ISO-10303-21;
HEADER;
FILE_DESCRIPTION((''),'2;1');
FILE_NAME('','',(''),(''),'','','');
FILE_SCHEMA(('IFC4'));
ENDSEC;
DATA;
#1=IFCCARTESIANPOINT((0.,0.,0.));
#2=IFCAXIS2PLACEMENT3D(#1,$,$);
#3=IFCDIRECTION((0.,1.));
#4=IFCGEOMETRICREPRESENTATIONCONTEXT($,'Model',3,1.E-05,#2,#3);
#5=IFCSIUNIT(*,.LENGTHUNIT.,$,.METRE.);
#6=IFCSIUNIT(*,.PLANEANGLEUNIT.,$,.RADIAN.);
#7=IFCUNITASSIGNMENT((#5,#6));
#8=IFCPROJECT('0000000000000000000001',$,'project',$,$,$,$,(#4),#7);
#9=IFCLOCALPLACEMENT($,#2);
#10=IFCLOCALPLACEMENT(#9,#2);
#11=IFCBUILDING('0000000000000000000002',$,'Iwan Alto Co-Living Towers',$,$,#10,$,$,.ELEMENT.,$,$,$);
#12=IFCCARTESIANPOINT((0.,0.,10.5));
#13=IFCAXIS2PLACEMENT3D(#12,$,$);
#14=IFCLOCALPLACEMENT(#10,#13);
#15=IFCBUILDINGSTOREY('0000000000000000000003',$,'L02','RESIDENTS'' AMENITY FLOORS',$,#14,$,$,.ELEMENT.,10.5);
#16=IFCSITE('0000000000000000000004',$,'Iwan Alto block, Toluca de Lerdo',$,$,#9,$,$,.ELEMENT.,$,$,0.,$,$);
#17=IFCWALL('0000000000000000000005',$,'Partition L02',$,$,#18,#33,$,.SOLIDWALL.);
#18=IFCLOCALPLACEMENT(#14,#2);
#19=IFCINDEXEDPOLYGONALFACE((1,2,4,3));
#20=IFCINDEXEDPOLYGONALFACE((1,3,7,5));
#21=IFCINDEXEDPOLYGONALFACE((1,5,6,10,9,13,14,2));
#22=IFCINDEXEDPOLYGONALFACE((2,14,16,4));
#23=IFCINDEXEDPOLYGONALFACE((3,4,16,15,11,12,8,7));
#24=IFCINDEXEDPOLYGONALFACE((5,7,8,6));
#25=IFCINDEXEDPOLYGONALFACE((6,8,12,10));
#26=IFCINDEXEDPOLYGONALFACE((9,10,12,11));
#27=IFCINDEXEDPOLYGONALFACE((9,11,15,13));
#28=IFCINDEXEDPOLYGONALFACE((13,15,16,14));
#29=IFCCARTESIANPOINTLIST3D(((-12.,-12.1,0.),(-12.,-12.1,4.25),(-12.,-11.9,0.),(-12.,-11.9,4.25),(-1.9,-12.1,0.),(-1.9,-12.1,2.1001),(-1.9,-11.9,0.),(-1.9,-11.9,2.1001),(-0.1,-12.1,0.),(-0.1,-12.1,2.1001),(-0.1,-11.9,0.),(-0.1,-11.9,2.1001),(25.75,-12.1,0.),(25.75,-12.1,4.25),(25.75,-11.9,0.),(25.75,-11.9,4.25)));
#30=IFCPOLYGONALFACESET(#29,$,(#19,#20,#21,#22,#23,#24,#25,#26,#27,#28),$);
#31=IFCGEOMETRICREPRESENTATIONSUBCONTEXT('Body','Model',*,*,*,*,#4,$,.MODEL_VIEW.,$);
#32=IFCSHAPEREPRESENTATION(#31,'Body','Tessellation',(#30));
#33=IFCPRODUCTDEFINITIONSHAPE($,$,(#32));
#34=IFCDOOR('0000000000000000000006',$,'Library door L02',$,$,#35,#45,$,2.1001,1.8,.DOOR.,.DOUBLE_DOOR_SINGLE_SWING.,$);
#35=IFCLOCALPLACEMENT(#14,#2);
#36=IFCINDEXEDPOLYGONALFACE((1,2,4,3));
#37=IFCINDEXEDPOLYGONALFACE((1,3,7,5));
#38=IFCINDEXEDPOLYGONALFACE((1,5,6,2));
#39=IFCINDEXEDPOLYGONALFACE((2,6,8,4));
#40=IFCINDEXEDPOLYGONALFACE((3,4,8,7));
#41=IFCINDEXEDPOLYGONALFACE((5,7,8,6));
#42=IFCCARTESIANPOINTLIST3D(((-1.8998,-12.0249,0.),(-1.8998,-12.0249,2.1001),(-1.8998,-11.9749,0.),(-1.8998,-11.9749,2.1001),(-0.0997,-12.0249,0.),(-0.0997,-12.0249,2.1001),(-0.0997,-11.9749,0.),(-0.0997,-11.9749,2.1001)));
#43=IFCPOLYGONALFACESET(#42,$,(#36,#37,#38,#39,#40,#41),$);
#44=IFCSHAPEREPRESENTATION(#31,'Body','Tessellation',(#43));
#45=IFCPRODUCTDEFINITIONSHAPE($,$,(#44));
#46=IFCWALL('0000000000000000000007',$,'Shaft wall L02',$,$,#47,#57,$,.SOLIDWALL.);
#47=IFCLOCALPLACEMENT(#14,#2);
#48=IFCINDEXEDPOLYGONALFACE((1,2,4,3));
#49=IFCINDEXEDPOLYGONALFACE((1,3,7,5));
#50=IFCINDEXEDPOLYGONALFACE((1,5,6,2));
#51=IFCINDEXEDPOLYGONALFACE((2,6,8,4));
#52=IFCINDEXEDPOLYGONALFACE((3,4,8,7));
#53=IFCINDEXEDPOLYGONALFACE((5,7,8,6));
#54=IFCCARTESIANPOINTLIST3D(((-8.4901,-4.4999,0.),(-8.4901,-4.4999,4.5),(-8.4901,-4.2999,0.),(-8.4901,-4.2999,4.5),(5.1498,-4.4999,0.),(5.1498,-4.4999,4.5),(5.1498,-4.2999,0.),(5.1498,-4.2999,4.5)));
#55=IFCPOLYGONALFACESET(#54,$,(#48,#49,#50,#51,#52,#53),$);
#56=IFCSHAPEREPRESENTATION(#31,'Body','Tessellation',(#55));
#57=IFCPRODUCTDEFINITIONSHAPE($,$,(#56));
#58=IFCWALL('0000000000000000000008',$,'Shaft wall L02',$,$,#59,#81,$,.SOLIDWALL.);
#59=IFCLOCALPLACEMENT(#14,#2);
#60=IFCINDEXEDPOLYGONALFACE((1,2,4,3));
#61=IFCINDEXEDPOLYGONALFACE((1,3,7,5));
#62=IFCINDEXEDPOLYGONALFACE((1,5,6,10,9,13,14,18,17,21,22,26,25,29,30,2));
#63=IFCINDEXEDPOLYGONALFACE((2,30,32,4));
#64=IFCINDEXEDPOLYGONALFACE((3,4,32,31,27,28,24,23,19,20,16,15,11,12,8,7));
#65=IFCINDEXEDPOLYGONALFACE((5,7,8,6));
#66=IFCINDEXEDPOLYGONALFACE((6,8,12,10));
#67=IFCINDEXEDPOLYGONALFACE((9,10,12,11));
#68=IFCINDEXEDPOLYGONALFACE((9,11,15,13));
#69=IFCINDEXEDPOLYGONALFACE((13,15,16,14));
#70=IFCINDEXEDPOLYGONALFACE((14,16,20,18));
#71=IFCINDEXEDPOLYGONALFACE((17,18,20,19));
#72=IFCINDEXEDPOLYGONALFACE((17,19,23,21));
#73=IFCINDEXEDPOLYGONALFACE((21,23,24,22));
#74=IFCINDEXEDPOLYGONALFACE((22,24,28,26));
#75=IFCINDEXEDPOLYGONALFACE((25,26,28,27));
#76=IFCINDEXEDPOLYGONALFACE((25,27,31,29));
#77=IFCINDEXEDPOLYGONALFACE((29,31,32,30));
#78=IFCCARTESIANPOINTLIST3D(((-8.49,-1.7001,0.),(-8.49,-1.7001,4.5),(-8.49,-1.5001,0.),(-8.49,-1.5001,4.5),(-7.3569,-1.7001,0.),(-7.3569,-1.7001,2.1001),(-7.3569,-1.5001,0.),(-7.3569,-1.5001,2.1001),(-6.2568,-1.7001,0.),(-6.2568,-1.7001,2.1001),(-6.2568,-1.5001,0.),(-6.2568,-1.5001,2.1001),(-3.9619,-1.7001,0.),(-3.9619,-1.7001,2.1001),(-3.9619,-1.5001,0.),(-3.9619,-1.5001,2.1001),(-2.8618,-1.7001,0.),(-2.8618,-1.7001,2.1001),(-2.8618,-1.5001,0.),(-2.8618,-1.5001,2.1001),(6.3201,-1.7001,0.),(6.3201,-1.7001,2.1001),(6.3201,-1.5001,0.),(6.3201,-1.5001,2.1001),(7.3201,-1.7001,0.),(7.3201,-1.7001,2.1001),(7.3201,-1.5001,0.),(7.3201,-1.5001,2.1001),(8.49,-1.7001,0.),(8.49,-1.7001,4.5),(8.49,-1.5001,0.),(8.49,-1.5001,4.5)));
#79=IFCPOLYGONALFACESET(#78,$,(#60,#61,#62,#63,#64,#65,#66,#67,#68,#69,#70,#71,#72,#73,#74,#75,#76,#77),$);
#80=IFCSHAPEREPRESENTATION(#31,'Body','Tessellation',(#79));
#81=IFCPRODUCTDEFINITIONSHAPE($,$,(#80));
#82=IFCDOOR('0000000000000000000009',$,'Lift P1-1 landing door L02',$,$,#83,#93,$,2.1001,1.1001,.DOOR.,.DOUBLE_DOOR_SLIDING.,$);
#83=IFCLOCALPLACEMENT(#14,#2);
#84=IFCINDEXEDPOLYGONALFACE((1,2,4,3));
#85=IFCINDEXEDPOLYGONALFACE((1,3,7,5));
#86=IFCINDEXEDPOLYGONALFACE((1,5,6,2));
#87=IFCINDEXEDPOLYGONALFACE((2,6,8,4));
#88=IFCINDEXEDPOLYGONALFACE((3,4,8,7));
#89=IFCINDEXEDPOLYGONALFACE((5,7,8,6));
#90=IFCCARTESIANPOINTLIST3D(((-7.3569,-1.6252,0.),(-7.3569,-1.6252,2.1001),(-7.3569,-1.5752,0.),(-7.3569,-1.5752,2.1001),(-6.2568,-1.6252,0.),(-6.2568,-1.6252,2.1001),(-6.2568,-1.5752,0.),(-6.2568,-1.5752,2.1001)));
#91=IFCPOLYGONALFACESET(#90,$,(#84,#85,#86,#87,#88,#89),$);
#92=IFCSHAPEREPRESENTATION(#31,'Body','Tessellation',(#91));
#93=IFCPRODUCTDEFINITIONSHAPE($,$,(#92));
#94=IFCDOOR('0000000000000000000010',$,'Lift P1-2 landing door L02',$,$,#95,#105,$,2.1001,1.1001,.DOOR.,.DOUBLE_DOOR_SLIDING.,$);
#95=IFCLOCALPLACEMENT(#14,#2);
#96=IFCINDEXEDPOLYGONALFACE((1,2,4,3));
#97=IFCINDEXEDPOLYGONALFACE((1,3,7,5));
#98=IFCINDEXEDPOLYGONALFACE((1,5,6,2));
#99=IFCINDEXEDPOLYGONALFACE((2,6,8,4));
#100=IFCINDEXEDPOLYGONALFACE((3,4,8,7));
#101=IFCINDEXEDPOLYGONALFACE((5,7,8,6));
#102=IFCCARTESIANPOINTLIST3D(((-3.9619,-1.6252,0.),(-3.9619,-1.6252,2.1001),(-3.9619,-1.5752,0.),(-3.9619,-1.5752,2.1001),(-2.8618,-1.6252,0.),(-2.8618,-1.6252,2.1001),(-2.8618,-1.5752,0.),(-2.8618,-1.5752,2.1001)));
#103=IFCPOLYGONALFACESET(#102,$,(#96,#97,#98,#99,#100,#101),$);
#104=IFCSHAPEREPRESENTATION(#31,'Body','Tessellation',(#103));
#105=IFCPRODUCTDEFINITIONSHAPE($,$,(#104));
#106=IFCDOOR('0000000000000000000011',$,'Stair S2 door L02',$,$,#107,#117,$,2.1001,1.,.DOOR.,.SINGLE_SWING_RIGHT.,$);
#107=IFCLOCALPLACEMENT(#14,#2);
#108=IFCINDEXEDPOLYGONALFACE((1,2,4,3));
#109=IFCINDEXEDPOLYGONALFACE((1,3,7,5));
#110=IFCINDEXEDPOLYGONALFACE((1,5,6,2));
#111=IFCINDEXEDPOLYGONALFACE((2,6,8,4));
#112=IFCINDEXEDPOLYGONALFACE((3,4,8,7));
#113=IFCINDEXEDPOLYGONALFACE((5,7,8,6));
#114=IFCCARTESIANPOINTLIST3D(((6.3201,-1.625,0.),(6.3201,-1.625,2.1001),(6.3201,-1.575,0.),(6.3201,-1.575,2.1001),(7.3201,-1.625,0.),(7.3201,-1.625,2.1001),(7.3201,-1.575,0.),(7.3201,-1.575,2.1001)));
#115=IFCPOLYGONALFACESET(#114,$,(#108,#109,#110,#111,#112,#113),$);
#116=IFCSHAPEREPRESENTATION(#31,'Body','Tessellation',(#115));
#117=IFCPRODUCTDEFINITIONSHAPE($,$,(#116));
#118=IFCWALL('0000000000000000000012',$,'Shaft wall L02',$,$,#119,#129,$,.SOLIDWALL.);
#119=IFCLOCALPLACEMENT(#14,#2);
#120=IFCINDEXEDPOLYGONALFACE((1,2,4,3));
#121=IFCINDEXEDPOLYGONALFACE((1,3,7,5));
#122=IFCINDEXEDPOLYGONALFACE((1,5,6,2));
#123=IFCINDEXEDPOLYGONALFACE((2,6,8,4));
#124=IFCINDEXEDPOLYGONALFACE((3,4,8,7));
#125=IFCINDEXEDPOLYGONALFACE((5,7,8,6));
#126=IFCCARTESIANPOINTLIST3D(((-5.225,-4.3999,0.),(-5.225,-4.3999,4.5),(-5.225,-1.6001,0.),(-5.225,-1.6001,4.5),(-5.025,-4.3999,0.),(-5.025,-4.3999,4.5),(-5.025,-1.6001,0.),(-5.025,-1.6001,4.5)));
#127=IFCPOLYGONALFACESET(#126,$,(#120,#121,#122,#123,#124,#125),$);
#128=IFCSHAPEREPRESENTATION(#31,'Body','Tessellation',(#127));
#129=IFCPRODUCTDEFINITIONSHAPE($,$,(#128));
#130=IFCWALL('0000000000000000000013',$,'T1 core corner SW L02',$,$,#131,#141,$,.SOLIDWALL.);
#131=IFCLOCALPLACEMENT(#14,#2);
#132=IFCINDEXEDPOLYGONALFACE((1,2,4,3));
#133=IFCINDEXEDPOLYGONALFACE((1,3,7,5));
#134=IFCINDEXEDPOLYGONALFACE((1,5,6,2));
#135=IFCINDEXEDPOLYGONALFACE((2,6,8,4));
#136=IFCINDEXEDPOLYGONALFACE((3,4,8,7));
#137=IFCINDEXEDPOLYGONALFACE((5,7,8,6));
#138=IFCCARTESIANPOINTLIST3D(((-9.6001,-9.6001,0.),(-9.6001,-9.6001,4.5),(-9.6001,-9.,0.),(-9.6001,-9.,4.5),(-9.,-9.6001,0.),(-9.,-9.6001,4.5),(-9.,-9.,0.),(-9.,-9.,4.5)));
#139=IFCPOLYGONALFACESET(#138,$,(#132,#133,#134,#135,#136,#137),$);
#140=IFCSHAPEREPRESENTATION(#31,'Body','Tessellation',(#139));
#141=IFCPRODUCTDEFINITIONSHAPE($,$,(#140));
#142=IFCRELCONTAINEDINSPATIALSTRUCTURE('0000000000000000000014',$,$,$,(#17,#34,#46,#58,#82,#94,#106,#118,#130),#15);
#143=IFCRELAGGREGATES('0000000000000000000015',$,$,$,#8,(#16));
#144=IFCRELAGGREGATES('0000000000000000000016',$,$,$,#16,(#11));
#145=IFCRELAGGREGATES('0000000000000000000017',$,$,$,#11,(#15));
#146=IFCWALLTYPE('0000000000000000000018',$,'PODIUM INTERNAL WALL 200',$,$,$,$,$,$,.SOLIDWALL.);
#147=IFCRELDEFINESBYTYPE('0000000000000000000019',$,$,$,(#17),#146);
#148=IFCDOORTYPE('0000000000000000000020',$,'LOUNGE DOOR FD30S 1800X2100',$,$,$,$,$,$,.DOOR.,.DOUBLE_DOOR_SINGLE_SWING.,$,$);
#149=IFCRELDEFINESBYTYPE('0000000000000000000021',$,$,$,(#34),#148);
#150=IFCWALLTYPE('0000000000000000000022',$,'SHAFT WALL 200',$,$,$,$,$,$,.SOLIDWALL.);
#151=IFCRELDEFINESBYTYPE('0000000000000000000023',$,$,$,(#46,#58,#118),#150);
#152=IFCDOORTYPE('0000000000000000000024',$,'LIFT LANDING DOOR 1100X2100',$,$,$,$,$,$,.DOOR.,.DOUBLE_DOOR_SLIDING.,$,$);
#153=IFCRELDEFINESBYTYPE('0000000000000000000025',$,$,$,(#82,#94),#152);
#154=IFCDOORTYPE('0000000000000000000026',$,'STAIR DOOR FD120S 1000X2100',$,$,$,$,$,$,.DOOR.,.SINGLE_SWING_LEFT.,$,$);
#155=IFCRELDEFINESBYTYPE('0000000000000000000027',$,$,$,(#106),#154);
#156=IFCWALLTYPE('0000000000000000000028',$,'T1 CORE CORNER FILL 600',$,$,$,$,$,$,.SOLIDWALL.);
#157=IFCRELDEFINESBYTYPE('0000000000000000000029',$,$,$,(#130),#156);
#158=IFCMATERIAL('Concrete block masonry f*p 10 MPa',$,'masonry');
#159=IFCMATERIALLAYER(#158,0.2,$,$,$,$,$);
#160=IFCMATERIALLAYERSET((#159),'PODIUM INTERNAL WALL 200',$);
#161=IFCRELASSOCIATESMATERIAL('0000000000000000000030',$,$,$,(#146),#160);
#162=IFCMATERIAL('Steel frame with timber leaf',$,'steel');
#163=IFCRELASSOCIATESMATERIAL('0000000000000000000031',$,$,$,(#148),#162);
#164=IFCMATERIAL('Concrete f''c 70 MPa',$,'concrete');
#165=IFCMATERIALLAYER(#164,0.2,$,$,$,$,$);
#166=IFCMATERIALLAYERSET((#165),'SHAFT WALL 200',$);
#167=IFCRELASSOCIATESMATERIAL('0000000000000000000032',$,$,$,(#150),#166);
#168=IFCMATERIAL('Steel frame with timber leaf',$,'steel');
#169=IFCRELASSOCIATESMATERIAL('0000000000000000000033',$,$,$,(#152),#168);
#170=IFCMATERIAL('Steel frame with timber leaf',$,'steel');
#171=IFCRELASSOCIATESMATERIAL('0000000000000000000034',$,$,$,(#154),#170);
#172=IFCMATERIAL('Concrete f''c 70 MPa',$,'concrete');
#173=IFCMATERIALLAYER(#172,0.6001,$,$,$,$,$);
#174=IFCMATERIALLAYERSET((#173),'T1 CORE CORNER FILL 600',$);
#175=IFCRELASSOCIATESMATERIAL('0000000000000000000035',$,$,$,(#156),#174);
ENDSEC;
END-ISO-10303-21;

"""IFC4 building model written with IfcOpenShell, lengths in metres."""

from ifc_helpers import new_model, si_unit, direction, frame, frame_2d, origin, place, context, subcontext, project, spatial, rectangle, extrude, material, layer, layer_set, type_object, element, fill, save


model = new_model("IFC4")

# Units and contexts
model_context = context("Model", 3, precision=1e-05, world=origin(), true_north=direction((0.0, 1.0)))
body_context = subcontext(model_context, "Body", "Model", "MODEL_VIEW")
ifc_project = project(units=[si_unit("LENGTHUNIT", "METRE"), si_unit("PLANEANGLEUNIT", "RADIAN")], contexts=[model_context])

# Site, building, storey
site_placement = place(None, origin())
site = spatial("IfcSite", under=ifc_project, at=site_placement, Name="Iwan Alto block, Toluca de Lerdo", CompositionType="ELEMENT", RefElevation=0.0)
building_placement = place(site_placement, origin())
building = spatial("IfcBuilding", under=site, at=building_placement, Name="Iwan Alto Co-Living Towers", CompositionType="ELEMENT")
storey_placement = place(building_placement, frame((0.0, 0.0, 10.5)))
storey = spatial("IfcBuildingStorey", under=building, at=storey_placement, Name="L02", Description="RESIDENTS' AMENITY FLOORS", CompositionType="ELEMENT", Elevation=10.5)

# Wall, opening, door
ifc_material_1 = material(Name="Concrete block masonry f*p 10 MPa", Category="masonry")
ifc_layer_1 = layer(ifc_material_1, 0.2)
ifc_layer_set_1 = layer_set([ifc_layer_1], Name="PODIUM INTERNAL WALL 200")
wall_type_1 = type_object("IfcWallType", Name="PODIUM INTERNAL WALL 200", PredefinedType="SOLIDWALL", material=ifc_layer_set_1)
wall_1_placement = place(storey_placement, frame((-12.0, -12.0, 0.0), z_axis=(0.0, 0.0, 1.0), x_axis=(1.0, 0.0, 0.0)))
wall_1 = element("IfcWall", 1, at=wall_1_placement, inside=storey, type_object=wall_type_1, Name="Partition L02", PredefinedType="SOLIDWALL", context=body_context, shape_type="SweptSolid", body=[
    extrude(rectangle(XDim=37.75, YDim=0.2, at=frame_2d((18.875, 0.0))), origin(), (0.0, 0.0, 1.0), 4.25),
])
opening_1_placement = place(wall_1_placement, frame((10.1001, 0.0, 0.0)))
opening_1 = element("IfcOpeningElement", 2, at=opening_1_placement, cuts=wall_1, PredefinedType="OPENING", context=body_context, shape_type="SweptSolid", body=[
    extrude(rectangle(XDim=1.8, YDim=2.1001, at=frame_2d((0.8999, 1.05))), frame((0.0, 0.1099, 0.0), z_axis=(0.0, -1.0, 0.0), x_axis=(1.0, 0.0, 0.0)), (0.0, 0.0, 1.0), 0.22),
])
ifc_material_2 = material(Name="Steel frame with timber leaf", Category="steel")
door_type_1 = type_object("IfcDoorType", Name="LOUNGE DOOR FD30S 1800X2100", OperationType="DOUBLE_DOOR_SINGLE_SWING", PredefinedType="DOOR", material=ifc_material_2)
door_1_placement = place(opening_1_placement, frame((1.8, 0.0, 0.0), z_axis=(0.0, 0.0, 1.0), x_axis=(-1.0, 0.0, 0.0)))
door_1 = element("IfcDoor", 3, at=door_1_placement, inside=storey, type_object=door_type_1, Name="Library door L02", OperationType="DOUBLE_DOOR_SINGLE_SWING", OverallHeight=2.1001, OverallWidth=1.8, PredefinedType="DOOR", context=body_context, shape_type="SweptSolid", body=[
    extrude(rectangle(XDim=1.8, YDim=2.1001, at=frame_2d((0.8999, 1.05))), frame((0.0, 0.0249, 0.0), z_axis=(0.0, -1.0, 0.0), x_axis=(1.0, 0.0, 0.0)), (0.0, 0.0, 1.0), 0.05),
])
fill(opening_1, door_1)

# Wall
ifc_material_3 = material(Name="Concrete f'c 70 MPa", Category="concrete")
ifc_layer_2 = layer(ifc_material_3, 0.2)
ifc_layer_set_2 = layer_set([ifc_layer_2], Name="SHAFT WALL 200")
wall_type_2 = type_object("IfcWallType", Name="SHAFT WALL 200", PredefinedType="SOLIDWALL", material=ifc_layer_set_2)
wall_2_placement = place(storey_placement, frame((-8.49, -4.3999, 0.0), z_axis=(0.0, 0.0, 1.0), x_axis=(1.0, 0.0, 0.0)))
element("IfcWall", 4, at=wall_2_placement, inside=storey, type_object=wall_type_2, Name="Shaft wall L02", PredefinedType="SOLIDWALL", context=body_context, shape_type="SweptSolid", body=[
    extrude(rectangle(XDim=13.6399, YDim=0.2, at=frame_2d((6.8198, 0.0))), origin(), (0.0, 0.0, 1.0), 4.5),
])

# Wall, openings, doors
wall_3_placement = place(storey_placement, frame((-8.49, -1.6001, 0.0), z_axis=(0.0, 0.0, 1.0), x_axis=(1.0, 0.0, 0.0)))
wall_3 = element("IfcWall", 5, at=wall_3_placement, inside=storey, type_object=wall_type_2, Name="Shaft wall L02", PredefinedType="SOLIDWALL", context=body_context, shape_type="SweptSolid", body=[
    extrude(rectangle(XDim=16.98, YDim=0.2, at=frame_2d((8.49, 0.0))), origin(), (0.0, 0.0, 1.0), 4.5),
])
opening_2_placement = place(wall_3_placement, frame((14.8101, 0.0, 0.0)))
opening_2 = element("IfcOpeningElement", 6, at=opening_2_placement, cuts=wall_3, PredefinedType="OPENING", context=body_context, shape_type="SweptSolid", body=[
    extrude(rectangle(XDim=1.0, YDim=2.1001, at=frame_2d((0.5, 1.05))), frame((0.0, 0.1099, 0.0), z_axis=(0.0, -1.0, 0.0), x_axis=(1.0, 0.0, 0.0)), (0.0, 0.0, 1.0), 0.22),
])
opening_3_placement = place(wall_3_placement, frame((1.1331, 0.0, 0.0)))
opening_3 = element("IfcOpeningElement", 7, at=opening_3_placement, cuts=wall_3, PredefinedType="OPENING", context=body_context, shape_type="SweptSolid", body=[
    extrude(rectangle(XDim=1.1001, YDim=2.1001, at=frame_2d((0.55, 1.05))), frame((0.0, 0.1099, 0.0), z_axis=(0.0, -1.0, 0.0), x_axis=(1.0, 0.0, 0.0)), (0.0, 0.0, 1.0), 0.22),
])
opening_4_placement = place(wall_3_placement, frame((4.5281, 0.0, 0.0)))
opening_4 = element("IfcOpeningElement", 8, at=opening_4_placement, cuts=wall_3, PredefinedType="OPENING", context=body_context, shape_type="SweptSolid", body=[
    extrude(rectangle(XDim=1.1001, YDim=2.1001, at=frame_2d((0.55, 1.05))), frame((0.0, 0.1099, 0.0), z_axis=(0.0, -1.0, 0.0), x_axis=(1.0, 0.0, 0.0)), (0.0, 0.0, 1.0), 0.22),
])
ifc_material_4 = material(Name="Steel frame with timber leaf", Category="steel")
door_type_2 = type_object("IfcDoorType", Name="LIFT LANDING DOOR 1100X2100", OperationType="DOUBLE_DOOR_SLIDING", PredefinedType="DOOR", material=ifc_material_4)
door_2_placement = place(opening_3_placement, origin())
door_2 = element("IfcDoor", 9, at=door_2_placement, inside=storey, type_object=door_type_2, Name="Lift P1-1 landing door L02", OperationType="DOUBLE_DOOR_SLIDING", OverallHeight=2.1001, OverallWidth=1.1001, PredefinedType="DOOR", context=body_context, shape_type="SweptSolid", body=[
    extrude(rectangle(XDim=1.1001, YDim=2.1001, at=frame_2d((0.55, 1.05))), frame((0.0, 0.0249, 0.0), z_axis=(0.0, -1.0, 0.0), x_axis=(1.0, 0.0, 0.0)), (0.0, 0.0, 1.0), 0.05),
])
fill(opening_3, door_2)
door_3_placement = place(opening_4_placement, origin())
door_3 = element("IfcDoor", 10, at=door_3_placement, inside=storey, type_object=door_type_2, Name="Lift P1-2 landing door L02", OperationType="DOUBLE_DOOR_SLIDING", OverallHeight=2.1001, OverallWidth=1.1001, PredefinedType="DOOR", context=body_context, shape_type="SweptSolid", body=[
    extrude(rectangle(XDim=1.1001, YDim=2.1001, at=frame_2d((0.55, 1.05))), frame((0.0, 0.0249, 0.0), z_axis=(0.0, -1.0, 0.0), x_axis=(1.0, 0.0, 0.0)), (0.0, 0.0, 1.0), 0.05),
])
fill(opening_4, door_3)
ifc_material_5 = material(Name="Steel frame with timber leaf", Category="steel")
door_type_3 = type_object("IfcDoorType", Name="STAIR DOOR FD120S 1000X2100", OperationType="SINGLE_SWING_LEFT", PredefinedType="DOOR", material=ifc_material_5)
door_4_placement = place(opening_2_placement, frame((1.0, 0.0, 0.0), z_axis=(0.0, 0.0, 1.0), x_axis=(-1.0, 0.0, 0.0)))
door_4 = element("IfcDoor", 11, at=door_4_placement, inside=storey, type_object=door_type_3, Name="Stair S2 door L02", OperationType="SINGLE_SWING_RIGHT", OverallHeight=2.1001, OverallWidth=1.0, PredefinedType="DOOR", context=body_context, shape_type="SweptSolid", body=[
    extrude(rectangle(XDim=1.0, YDim=2.1001, at=frame_2d((0.5, 1.05))), frame((0.0, 0.0249, 0.0), z_axis=(0.0, -1.0, 0.0), x_axis=(1.0, 0.0, 0.0)), (0.0, 0.0, 1.0), 0.05),
])
fill(opening_2, door_4)

# Walls
wall_4_placement = place(storey_placement, frame((-5.125, -4.3999, 0.0), z_axis=(0.0, 0.0, 1.0), x_axis=(0.0, 1.0, 0.0)))
element("IfcWall", 12, at=wall_4_placement, inside=storey, type_object=wall_type_2, Name="Shaft wall L02", PredefinedType="SOLIDWALL", context=body_context, shape_type="SweptSolid", body=[
    extrude(rectangle(XDim=2.7998, YDim=0.2, at=frame_2d((1.3999, 0.0))), origin(), (0.0, 0.0, 1.0), 4.5),
])
ifc_material_6 = material(Name="Concrete f'c 70 MPa", Category="concrete")
ifc_layer_3 = layer(ifc_material_6, 0.6001)
ifc_layer_set_3 = layer_set([ifc_layer_3], Name="T1 CORE CORNER FILL 600")
wall_type_3 = type_object("IfcWallType", Name="T1 CORE CORNER FILL 600", PredefinedType="SOLIDWALL", material=ifc_layer_set_3)
wall_5_placement = place(storey_placement, frame((-9.6001, -9.3, 0.0), z_axis=(0.0, 0.0, 1.0), x_axis=(1.0, 0.0, 0.0)))
element("IfcWall", 13, at=wall_5_placement, inside=storey, type_object=wall_type_3, Name="T1 core corner SW L02", PredefinedType="SOLIDWALL", context=body_context, shape_type="SweptSolid", body=[
    extrude(rectangle(XDim=0.6001, YDim=0.6001, at=frame_2d((0.3, 0.0))), origin(), (0.0, 0.0, 1.0), 4.5),
])

save(model, "model.ifc")
